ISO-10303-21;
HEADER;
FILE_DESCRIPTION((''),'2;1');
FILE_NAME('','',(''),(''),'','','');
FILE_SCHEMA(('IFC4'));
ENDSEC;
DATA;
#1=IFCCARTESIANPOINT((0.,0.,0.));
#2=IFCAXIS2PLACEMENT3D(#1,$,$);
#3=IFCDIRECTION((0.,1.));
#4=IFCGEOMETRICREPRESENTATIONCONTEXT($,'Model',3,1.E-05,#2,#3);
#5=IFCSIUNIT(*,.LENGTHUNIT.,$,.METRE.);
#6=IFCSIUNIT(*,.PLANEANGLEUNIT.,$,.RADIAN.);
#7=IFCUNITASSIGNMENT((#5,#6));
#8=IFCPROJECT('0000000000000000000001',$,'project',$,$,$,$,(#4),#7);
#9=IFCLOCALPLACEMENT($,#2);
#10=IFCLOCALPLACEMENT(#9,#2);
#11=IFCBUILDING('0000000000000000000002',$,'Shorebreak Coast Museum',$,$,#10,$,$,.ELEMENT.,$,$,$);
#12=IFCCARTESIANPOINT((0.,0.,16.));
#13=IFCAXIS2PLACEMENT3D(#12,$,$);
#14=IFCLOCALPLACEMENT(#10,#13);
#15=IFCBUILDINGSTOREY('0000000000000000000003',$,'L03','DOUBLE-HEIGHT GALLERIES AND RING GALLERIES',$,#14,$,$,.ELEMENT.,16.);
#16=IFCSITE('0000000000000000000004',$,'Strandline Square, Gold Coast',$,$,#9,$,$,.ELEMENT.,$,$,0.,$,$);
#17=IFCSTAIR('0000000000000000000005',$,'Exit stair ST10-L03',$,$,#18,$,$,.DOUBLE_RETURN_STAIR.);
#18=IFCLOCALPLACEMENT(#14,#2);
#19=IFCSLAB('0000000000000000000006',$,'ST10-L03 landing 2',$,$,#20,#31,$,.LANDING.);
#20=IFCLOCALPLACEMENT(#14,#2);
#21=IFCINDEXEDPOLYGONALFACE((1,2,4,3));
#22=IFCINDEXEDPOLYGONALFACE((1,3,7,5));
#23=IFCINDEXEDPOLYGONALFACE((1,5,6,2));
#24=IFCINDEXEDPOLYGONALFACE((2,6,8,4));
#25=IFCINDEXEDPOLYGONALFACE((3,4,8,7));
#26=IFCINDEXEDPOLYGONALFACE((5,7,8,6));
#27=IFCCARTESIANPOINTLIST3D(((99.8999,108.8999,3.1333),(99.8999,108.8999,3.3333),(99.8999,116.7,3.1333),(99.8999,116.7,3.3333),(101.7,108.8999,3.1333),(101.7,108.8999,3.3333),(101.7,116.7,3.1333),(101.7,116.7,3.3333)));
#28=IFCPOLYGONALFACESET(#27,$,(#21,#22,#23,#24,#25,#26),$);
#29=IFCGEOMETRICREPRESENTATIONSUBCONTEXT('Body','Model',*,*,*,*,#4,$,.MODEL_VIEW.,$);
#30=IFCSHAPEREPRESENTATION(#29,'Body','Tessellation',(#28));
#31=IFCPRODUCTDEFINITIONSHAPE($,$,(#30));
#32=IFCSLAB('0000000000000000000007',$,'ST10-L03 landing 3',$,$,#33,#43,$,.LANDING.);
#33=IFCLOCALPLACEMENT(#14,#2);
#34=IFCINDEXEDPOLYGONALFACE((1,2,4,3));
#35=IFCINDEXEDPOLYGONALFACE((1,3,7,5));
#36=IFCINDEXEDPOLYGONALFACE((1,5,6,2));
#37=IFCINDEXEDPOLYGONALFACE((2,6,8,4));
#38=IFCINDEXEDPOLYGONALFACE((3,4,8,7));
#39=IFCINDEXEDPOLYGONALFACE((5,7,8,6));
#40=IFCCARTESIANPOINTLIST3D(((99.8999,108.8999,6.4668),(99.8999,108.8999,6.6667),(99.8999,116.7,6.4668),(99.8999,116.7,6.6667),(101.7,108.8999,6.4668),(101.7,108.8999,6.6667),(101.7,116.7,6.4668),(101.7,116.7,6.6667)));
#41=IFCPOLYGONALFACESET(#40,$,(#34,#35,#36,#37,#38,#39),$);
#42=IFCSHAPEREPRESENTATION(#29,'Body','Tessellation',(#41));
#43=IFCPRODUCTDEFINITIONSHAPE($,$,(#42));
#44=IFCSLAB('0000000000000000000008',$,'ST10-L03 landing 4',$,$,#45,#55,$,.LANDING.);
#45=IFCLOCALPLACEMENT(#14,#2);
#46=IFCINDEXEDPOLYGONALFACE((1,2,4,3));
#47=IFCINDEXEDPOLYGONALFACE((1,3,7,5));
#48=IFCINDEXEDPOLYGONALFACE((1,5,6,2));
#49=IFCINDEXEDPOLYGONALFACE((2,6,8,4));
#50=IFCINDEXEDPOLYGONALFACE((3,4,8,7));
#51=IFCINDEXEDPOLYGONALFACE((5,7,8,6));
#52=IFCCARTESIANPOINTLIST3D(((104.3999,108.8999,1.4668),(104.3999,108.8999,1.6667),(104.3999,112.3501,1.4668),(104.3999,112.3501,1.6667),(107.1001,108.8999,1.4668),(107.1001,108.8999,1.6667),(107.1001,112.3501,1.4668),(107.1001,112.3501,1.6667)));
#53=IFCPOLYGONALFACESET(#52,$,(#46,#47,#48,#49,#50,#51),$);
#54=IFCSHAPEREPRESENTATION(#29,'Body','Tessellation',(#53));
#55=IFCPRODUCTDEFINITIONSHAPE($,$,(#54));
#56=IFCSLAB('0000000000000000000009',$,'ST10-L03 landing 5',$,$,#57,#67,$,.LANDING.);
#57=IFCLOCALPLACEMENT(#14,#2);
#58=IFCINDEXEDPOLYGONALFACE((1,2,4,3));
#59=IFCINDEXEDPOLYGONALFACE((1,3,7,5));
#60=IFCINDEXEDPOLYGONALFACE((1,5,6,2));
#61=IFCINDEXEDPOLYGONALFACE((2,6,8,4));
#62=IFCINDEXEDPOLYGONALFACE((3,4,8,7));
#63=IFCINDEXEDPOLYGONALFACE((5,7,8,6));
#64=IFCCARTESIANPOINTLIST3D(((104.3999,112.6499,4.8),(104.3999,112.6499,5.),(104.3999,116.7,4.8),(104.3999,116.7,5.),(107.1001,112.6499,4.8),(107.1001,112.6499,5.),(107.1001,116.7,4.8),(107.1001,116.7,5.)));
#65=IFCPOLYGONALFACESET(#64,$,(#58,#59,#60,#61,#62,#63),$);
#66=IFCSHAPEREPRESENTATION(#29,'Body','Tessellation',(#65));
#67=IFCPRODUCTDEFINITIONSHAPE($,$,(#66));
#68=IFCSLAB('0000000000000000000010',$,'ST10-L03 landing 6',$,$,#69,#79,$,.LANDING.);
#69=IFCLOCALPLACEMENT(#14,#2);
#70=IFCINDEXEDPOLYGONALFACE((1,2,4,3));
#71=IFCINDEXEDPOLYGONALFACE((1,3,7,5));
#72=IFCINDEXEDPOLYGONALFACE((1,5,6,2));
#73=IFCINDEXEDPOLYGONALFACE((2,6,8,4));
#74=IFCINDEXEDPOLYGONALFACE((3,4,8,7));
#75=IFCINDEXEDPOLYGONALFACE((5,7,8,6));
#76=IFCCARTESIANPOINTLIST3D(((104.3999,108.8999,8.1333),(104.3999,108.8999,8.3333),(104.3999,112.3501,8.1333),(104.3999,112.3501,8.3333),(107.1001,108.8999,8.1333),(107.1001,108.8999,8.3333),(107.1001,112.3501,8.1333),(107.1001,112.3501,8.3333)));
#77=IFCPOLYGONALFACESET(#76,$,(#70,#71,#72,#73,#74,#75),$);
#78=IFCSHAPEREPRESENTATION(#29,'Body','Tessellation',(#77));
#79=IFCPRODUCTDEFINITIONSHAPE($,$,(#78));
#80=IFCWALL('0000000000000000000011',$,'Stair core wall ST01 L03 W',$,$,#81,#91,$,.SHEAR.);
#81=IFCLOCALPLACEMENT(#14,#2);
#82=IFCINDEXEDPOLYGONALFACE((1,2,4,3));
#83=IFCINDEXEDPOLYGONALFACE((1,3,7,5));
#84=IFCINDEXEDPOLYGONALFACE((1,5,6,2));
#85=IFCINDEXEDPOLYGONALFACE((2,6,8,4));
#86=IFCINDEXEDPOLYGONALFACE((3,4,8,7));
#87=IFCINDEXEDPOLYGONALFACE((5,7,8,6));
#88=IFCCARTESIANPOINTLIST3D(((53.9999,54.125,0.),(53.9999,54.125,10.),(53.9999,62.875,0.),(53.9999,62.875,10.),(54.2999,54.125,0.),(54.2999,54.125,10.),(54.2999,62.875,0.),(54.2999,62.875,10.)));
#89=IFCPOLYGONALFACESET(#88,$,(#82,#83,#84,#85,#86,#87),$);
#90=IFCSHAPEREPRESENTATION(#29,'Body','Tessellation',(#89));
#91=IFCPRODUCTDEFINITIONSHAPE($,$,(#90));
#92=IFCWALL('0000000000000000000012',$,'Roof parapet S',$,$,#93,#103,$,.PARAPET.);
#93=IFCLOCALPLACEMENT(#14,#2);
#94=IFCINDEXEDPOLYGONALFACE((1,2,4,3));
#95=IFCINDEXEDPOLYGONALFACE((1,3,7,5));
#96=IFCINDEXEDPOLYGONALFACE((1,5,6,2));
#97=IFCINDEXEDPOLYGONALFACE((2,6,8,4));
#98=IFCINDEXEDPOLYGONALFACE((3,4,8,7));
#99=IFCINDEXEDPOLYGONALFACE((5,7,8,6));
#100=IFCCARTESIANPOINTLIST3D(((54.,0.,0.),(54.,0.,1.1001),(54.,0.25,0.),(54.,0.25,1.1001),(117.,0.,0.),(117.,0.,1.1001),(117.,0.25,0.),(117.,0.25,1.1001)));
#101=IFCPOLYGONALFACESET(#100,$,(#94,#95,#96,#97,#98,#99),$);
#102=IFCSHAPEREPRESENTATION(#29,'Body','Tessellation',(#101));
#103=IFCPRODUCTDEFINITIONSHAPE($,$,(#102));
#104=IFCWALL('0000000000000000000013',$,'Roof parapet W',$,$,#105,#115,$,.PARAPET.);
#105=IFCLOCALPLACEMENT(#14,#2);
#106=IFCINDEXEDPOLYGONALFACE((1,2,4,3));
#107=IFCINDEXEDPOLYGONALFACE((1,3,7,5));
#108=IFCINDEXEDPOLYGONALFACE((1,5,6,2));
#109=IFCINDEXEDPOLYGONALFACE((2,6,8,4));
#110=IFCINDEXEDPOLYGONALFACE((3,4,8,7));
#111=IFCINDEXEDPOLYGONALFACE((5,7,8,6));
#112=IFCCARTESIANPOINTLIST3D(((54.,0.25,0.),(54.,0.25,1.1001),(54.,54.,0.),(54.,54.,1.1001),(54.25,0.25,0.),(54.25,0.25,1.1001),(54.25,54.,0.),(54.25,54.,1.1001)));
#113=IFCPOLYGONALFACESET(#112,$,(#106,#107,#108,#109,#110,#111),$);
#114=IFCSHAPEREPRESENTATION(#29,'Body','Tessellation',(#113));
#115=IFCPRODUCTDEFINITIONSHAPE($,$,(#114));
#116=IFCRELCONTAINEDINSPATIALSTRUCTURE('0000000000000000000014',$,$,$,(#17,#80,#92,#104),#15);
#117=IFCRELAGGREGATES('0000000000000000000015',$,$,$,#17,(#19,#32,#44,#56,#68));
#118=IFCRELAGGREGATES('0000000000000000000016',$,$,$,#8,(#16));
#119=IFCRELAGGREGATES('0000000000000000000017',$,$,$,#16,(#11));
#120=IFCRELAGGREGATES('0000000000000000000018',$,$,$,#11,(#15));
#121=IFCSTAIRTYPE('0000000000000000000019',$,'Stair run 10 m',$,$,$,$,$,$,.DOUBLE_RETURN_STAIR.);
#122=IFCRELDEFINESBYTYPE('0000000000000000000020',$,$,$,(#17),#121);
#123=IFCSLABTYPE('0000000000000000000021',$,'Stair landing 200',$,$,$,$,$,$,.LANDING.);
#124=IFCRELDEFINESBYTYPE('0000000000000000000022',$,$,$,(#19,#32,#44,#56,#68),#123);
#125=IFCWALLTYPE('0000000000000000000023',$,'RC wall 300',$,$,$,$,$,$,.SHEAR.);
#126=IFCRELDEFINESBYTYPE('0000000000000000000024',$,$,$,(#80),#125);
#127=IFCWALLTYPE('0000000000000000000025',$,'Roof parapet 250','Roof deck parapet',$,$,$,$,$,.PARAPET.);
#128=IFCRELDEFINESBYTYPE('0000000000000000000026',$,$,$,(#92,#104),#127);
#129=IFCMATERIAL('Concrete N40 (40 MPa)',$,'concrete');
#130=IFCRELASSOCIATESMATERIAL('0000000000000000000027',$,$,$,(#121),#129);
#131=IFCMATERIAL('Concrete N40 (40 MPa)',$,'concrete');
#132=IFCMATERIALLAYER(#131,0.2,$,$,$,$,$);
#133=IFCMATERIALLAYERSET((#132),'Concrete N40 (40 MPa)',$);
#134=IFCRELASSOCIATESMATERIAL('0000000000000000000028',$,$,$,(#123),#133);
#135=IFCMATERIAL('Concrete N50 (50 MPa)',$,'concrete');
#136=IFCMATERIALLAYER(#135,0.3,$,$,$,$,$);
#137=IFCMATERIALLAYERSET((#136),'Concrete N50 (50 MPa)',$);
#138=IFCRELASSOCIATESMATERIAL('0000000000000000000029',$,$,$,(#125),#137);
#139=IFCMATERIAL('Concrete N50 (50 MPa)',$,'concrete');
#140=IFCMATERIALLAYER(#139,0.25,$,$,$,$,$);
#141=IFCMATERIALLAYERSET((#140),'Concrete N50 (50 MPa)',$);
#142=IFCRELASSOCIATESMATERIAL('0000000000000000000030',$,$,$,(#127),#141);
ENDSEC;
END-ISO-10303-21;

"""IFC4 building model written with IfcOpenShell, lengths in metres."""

from ifc_helpers import new_model, si_unit, direction, frame, frame_2d, origin, place, context, subcontext, project, spatial, polyline, rectangle, outline, extrude, material, layer, layer_set, type_object, element, aggregate, save


model = new_model("IFC4")

# Units and contexts
model_context = context("Model", 3, precision=1e-05, world=origin(), true_north=direction((0.0, 1.0)))
body_context = subcontext(model_context, "Body", "Model", "MODEL_VIEW")
ifc_project = project(units=[si_unit("LENGTHUNIT", "METRE"), si_unit("PLANEANGLEUNIT", "RADIAN")], contexts=[model_context])

# Site, building, storey
site_placement = place(None, origin())
site = spatial("IfcSite", under=ifc_project, at=site_placement, Name="Strandline Square, Gold Coast", CompositionType="ELEMENT", RefElevation=0.0)
building_placement = place(site_placement, origin())
building = spatial("IfcBuilding", under=site, at=building_placement, Name="Shorebreak Coast Museum", CompositionType="ELEMENT")
storey_placement = place(building_placement, frame((0.0, 0.0, 16.0)))
storey = spatial("IfcBuildingStorey", under=building, at=storey_placement, Name="L03", Description="DOUBLE-HEIGHT GALLERIES AND RING GALLERIES", CompositionType="ELEMENT", Elevation=16.0)

# Stair, slabs
ifc_material_1 = material(Name="Concrete N40 (40 MPa)", Category="concrete")
stair_type = type_object("IfcStairType", Name="Stair run 10 m", PredefinedType="DOUBLE_RETURN_STAIR", material=ifc_material_1)
ifc_material_2 = material(Name="Concrete N40 (40 MPa)", Category="concrete")
ifc_layer_1 = layer(ifc_material_2, 0.2)
ifc_layer_set_1 = layer_set([ifc_layer_1], Name="Concrete N40 (40 MPa)")
slab_type_1 = type_object("IfcSlabType", Name="Stair landing 200", PredefinedType="LANDING", material=ifc_layer_set_1)
stair_1_placement = place(storey_placement, origin())
stair_1 = element("IfcStair", 1, at=stair_1_placement, inside=storey, type_object=stair_type, Name="Exit stair ST10-L03", PredefinedType="DOUBLE_RETURN_STAIR")
slab_1_placement = place(storey_placement, frame((0.0, 0.0, 3.1333)))
slab_1 = element("IfcSlab", 2, at=slab_1_placement, type_object=slab_type_1, Name="ST10-L03 landing 2", PredefinedType="LANDING", context=body_context, shape_type="SweptSolid", body=[
    extrude(outline(polyline([(99.8999, 108.8999), (101.7, 108.8999), (101.7, 116.7), (99.8999, 116.7), (99.8999, 108.8999)])), origin(), (0.0, 0.0, 1.0), 0.2),
])
slab_2_placement = place(storey_placement, frame((0.0, 0.0, 6.4668)))
slab_2 = element("IfcSlab", 3, at=slab_2_placement, type_object=slab_type_1, Name="ST10-L03 landing 3", PredefinedType="LANDING", context=body_context, shape_type="SweptSolid", body=[
    extrude(outline(polyline([(99.8999, 108.8999), (101.7, 108.8999), (101.7, 116.7), (99.8999, 116.7), (99.8999, 108.8999)])), origin(), (0.0, 0.0, 1.0), 0.2),
])
slab_3_placement = place(storey_placement, frame((0.0, 0.0, 1.4668)))
slab_3 = element("IfcSlab", 4, at=slab_3_placement, type_object=slab_type_1, Name="ST10-L03 landing 4", PredefinedType="LANDING", context=body_context, shape_type="SweptSolid", body=[
    extrude(outline(polyline([(104.3999, 108.8999), (107.1001, 108.8999), (107.1001, 112.3501), (104.3999, 112.3501), (104.3999, 108.8999)])), origin(), (0.0, 0.0, 1.0), 0.2),
])
slab_4_placement = place(storey_placement, frame((0.0, 0.0, 4.8)))
slab_4 = element("IfcSlab", 5, at=slab_4_placement, type_object=slab_type_1, Name="ST10-L03 landing 5", PredefinedType="LANDING", context=body_context, shape_type="SweptSolid", body=[
    extrude(outline(polyline([(104.3999, 112.6499), (107.1001, 112.6499), (107.1001, 116.7), (104.3999, 116.7), (104.3999, 112.6499)])), origin(), (0.0, 0.0, 1.0), 0.2),
])
slab_5_placement = place(storey_placement, frame((0.0, 0.0, 8.1333)))
slab_5 = element("IfcSlab", 6, at=slab_5_placement, type_object=slab_type_1, Name="ST10-L03 landing 6", PredefinedType="LANDING", context=body_context, shape_type="SweptSolid", body=[
    extrude(outline(polyline([(104.3999, 108.8999), (107.1001, 108.8999), (107.1001, 112.3501), (104.3999, 112.3501), (104.3999, 108.8999)])), origin(), (0.0, 0.0, 1.0), 0.2),
])
aggregate(stair_1, [slab_1, slab_2, slab_3, slab_4, slab_5])

# Walls
ifc_material_3 = material(Name="Concrete N50 (50 MPa)", Category="concrete")
ifc_layer_2 = layer(ifc_material_3, 0.3)
ifc_layer_set_2 = layer_set([ifc_layer_2], Name="Concrete N50 (50 MPa)")
wall_type_1 = type_object("IfcWallType", Name="RC wall 300", PredefinedType="SHEAR", material=ifc_layer_set_2)
wall_1_placement = place(storey_placement, frame((54.1499, 54.125, 0.0), z_axis=(0.0, 0.0, 1.0), x_axis=(0.0, 1.0, 0.0)))
element("IfcWall", 7, at=wall_1_placement, inside=storey, type_object=wall_type_1, Name="Stair core wall ST01 L03 W", PredefinedType="SHEAR", context=body_context, shape_type="SweptSolid", body=[
    extrude(rectangle(XDim=8.75, YDim=0.3, at=frame_2d((4.375, 0.0))), origin(), (0.0, 0.0, 1.0), 10.0),
])
ifc_material_4 = material(Name="Concrete N50 (50 MPa)", Category="concrete")
ifc_layer_3 = layer(ifc_material_4, 0.25)
ifc_layer_set_3 = layer_set([ifc_layer_3], Name="Concrete N50 (50 MPa)")
wall_type_2 = type_object("IfcWallType", Name="Roof parapet 250", Description="Roof deck parapet", PredefinedType="PARAPET", material=ifc_layer_set_3)
wall_2_placement = place(storey_placement, frame((54.0, 0.125, 0.0), z_axis=(0.0, 0.0, 1.0), x_axis=(1.0, 0.0, 0.0)))
element("IfcWall", 8, at=wall_2_placement, inside=storey, type_object=wall_type_2, Name="Roof parapet S", PredefinedType="PARAPET", context=body_context, shape_type="SweptSolid", body=[
    extrude(rectangle(XDim=63.0, YDim=0.25, at=frame_2d((31.5, 0.0))), origin(), (0.0, 0.0, 1.0), 1.1001),
])
wall_3_placement = place(storey_placement, frame((54.125, 0.25, 0.0), z_axis=(0.0, 0.0, 1.0), x_axis=(0.0, 1.0, 0.0)))
element("IfcWall", 9, at=wall_3_placement, inside=storey, type_object=wall_type_2, Name="Roof parapet W", PredefinedType="PARAPET", context=body_context, shape_type="SweptSolid", body=[
    extrude(rectangle(XDim=53.75, YDim=0.25, at=frame_2d((26.875, 0.0))), origin(), (0.0, 0.0, 1.0), 1.1001),
])

save(model, "model.ifc")
